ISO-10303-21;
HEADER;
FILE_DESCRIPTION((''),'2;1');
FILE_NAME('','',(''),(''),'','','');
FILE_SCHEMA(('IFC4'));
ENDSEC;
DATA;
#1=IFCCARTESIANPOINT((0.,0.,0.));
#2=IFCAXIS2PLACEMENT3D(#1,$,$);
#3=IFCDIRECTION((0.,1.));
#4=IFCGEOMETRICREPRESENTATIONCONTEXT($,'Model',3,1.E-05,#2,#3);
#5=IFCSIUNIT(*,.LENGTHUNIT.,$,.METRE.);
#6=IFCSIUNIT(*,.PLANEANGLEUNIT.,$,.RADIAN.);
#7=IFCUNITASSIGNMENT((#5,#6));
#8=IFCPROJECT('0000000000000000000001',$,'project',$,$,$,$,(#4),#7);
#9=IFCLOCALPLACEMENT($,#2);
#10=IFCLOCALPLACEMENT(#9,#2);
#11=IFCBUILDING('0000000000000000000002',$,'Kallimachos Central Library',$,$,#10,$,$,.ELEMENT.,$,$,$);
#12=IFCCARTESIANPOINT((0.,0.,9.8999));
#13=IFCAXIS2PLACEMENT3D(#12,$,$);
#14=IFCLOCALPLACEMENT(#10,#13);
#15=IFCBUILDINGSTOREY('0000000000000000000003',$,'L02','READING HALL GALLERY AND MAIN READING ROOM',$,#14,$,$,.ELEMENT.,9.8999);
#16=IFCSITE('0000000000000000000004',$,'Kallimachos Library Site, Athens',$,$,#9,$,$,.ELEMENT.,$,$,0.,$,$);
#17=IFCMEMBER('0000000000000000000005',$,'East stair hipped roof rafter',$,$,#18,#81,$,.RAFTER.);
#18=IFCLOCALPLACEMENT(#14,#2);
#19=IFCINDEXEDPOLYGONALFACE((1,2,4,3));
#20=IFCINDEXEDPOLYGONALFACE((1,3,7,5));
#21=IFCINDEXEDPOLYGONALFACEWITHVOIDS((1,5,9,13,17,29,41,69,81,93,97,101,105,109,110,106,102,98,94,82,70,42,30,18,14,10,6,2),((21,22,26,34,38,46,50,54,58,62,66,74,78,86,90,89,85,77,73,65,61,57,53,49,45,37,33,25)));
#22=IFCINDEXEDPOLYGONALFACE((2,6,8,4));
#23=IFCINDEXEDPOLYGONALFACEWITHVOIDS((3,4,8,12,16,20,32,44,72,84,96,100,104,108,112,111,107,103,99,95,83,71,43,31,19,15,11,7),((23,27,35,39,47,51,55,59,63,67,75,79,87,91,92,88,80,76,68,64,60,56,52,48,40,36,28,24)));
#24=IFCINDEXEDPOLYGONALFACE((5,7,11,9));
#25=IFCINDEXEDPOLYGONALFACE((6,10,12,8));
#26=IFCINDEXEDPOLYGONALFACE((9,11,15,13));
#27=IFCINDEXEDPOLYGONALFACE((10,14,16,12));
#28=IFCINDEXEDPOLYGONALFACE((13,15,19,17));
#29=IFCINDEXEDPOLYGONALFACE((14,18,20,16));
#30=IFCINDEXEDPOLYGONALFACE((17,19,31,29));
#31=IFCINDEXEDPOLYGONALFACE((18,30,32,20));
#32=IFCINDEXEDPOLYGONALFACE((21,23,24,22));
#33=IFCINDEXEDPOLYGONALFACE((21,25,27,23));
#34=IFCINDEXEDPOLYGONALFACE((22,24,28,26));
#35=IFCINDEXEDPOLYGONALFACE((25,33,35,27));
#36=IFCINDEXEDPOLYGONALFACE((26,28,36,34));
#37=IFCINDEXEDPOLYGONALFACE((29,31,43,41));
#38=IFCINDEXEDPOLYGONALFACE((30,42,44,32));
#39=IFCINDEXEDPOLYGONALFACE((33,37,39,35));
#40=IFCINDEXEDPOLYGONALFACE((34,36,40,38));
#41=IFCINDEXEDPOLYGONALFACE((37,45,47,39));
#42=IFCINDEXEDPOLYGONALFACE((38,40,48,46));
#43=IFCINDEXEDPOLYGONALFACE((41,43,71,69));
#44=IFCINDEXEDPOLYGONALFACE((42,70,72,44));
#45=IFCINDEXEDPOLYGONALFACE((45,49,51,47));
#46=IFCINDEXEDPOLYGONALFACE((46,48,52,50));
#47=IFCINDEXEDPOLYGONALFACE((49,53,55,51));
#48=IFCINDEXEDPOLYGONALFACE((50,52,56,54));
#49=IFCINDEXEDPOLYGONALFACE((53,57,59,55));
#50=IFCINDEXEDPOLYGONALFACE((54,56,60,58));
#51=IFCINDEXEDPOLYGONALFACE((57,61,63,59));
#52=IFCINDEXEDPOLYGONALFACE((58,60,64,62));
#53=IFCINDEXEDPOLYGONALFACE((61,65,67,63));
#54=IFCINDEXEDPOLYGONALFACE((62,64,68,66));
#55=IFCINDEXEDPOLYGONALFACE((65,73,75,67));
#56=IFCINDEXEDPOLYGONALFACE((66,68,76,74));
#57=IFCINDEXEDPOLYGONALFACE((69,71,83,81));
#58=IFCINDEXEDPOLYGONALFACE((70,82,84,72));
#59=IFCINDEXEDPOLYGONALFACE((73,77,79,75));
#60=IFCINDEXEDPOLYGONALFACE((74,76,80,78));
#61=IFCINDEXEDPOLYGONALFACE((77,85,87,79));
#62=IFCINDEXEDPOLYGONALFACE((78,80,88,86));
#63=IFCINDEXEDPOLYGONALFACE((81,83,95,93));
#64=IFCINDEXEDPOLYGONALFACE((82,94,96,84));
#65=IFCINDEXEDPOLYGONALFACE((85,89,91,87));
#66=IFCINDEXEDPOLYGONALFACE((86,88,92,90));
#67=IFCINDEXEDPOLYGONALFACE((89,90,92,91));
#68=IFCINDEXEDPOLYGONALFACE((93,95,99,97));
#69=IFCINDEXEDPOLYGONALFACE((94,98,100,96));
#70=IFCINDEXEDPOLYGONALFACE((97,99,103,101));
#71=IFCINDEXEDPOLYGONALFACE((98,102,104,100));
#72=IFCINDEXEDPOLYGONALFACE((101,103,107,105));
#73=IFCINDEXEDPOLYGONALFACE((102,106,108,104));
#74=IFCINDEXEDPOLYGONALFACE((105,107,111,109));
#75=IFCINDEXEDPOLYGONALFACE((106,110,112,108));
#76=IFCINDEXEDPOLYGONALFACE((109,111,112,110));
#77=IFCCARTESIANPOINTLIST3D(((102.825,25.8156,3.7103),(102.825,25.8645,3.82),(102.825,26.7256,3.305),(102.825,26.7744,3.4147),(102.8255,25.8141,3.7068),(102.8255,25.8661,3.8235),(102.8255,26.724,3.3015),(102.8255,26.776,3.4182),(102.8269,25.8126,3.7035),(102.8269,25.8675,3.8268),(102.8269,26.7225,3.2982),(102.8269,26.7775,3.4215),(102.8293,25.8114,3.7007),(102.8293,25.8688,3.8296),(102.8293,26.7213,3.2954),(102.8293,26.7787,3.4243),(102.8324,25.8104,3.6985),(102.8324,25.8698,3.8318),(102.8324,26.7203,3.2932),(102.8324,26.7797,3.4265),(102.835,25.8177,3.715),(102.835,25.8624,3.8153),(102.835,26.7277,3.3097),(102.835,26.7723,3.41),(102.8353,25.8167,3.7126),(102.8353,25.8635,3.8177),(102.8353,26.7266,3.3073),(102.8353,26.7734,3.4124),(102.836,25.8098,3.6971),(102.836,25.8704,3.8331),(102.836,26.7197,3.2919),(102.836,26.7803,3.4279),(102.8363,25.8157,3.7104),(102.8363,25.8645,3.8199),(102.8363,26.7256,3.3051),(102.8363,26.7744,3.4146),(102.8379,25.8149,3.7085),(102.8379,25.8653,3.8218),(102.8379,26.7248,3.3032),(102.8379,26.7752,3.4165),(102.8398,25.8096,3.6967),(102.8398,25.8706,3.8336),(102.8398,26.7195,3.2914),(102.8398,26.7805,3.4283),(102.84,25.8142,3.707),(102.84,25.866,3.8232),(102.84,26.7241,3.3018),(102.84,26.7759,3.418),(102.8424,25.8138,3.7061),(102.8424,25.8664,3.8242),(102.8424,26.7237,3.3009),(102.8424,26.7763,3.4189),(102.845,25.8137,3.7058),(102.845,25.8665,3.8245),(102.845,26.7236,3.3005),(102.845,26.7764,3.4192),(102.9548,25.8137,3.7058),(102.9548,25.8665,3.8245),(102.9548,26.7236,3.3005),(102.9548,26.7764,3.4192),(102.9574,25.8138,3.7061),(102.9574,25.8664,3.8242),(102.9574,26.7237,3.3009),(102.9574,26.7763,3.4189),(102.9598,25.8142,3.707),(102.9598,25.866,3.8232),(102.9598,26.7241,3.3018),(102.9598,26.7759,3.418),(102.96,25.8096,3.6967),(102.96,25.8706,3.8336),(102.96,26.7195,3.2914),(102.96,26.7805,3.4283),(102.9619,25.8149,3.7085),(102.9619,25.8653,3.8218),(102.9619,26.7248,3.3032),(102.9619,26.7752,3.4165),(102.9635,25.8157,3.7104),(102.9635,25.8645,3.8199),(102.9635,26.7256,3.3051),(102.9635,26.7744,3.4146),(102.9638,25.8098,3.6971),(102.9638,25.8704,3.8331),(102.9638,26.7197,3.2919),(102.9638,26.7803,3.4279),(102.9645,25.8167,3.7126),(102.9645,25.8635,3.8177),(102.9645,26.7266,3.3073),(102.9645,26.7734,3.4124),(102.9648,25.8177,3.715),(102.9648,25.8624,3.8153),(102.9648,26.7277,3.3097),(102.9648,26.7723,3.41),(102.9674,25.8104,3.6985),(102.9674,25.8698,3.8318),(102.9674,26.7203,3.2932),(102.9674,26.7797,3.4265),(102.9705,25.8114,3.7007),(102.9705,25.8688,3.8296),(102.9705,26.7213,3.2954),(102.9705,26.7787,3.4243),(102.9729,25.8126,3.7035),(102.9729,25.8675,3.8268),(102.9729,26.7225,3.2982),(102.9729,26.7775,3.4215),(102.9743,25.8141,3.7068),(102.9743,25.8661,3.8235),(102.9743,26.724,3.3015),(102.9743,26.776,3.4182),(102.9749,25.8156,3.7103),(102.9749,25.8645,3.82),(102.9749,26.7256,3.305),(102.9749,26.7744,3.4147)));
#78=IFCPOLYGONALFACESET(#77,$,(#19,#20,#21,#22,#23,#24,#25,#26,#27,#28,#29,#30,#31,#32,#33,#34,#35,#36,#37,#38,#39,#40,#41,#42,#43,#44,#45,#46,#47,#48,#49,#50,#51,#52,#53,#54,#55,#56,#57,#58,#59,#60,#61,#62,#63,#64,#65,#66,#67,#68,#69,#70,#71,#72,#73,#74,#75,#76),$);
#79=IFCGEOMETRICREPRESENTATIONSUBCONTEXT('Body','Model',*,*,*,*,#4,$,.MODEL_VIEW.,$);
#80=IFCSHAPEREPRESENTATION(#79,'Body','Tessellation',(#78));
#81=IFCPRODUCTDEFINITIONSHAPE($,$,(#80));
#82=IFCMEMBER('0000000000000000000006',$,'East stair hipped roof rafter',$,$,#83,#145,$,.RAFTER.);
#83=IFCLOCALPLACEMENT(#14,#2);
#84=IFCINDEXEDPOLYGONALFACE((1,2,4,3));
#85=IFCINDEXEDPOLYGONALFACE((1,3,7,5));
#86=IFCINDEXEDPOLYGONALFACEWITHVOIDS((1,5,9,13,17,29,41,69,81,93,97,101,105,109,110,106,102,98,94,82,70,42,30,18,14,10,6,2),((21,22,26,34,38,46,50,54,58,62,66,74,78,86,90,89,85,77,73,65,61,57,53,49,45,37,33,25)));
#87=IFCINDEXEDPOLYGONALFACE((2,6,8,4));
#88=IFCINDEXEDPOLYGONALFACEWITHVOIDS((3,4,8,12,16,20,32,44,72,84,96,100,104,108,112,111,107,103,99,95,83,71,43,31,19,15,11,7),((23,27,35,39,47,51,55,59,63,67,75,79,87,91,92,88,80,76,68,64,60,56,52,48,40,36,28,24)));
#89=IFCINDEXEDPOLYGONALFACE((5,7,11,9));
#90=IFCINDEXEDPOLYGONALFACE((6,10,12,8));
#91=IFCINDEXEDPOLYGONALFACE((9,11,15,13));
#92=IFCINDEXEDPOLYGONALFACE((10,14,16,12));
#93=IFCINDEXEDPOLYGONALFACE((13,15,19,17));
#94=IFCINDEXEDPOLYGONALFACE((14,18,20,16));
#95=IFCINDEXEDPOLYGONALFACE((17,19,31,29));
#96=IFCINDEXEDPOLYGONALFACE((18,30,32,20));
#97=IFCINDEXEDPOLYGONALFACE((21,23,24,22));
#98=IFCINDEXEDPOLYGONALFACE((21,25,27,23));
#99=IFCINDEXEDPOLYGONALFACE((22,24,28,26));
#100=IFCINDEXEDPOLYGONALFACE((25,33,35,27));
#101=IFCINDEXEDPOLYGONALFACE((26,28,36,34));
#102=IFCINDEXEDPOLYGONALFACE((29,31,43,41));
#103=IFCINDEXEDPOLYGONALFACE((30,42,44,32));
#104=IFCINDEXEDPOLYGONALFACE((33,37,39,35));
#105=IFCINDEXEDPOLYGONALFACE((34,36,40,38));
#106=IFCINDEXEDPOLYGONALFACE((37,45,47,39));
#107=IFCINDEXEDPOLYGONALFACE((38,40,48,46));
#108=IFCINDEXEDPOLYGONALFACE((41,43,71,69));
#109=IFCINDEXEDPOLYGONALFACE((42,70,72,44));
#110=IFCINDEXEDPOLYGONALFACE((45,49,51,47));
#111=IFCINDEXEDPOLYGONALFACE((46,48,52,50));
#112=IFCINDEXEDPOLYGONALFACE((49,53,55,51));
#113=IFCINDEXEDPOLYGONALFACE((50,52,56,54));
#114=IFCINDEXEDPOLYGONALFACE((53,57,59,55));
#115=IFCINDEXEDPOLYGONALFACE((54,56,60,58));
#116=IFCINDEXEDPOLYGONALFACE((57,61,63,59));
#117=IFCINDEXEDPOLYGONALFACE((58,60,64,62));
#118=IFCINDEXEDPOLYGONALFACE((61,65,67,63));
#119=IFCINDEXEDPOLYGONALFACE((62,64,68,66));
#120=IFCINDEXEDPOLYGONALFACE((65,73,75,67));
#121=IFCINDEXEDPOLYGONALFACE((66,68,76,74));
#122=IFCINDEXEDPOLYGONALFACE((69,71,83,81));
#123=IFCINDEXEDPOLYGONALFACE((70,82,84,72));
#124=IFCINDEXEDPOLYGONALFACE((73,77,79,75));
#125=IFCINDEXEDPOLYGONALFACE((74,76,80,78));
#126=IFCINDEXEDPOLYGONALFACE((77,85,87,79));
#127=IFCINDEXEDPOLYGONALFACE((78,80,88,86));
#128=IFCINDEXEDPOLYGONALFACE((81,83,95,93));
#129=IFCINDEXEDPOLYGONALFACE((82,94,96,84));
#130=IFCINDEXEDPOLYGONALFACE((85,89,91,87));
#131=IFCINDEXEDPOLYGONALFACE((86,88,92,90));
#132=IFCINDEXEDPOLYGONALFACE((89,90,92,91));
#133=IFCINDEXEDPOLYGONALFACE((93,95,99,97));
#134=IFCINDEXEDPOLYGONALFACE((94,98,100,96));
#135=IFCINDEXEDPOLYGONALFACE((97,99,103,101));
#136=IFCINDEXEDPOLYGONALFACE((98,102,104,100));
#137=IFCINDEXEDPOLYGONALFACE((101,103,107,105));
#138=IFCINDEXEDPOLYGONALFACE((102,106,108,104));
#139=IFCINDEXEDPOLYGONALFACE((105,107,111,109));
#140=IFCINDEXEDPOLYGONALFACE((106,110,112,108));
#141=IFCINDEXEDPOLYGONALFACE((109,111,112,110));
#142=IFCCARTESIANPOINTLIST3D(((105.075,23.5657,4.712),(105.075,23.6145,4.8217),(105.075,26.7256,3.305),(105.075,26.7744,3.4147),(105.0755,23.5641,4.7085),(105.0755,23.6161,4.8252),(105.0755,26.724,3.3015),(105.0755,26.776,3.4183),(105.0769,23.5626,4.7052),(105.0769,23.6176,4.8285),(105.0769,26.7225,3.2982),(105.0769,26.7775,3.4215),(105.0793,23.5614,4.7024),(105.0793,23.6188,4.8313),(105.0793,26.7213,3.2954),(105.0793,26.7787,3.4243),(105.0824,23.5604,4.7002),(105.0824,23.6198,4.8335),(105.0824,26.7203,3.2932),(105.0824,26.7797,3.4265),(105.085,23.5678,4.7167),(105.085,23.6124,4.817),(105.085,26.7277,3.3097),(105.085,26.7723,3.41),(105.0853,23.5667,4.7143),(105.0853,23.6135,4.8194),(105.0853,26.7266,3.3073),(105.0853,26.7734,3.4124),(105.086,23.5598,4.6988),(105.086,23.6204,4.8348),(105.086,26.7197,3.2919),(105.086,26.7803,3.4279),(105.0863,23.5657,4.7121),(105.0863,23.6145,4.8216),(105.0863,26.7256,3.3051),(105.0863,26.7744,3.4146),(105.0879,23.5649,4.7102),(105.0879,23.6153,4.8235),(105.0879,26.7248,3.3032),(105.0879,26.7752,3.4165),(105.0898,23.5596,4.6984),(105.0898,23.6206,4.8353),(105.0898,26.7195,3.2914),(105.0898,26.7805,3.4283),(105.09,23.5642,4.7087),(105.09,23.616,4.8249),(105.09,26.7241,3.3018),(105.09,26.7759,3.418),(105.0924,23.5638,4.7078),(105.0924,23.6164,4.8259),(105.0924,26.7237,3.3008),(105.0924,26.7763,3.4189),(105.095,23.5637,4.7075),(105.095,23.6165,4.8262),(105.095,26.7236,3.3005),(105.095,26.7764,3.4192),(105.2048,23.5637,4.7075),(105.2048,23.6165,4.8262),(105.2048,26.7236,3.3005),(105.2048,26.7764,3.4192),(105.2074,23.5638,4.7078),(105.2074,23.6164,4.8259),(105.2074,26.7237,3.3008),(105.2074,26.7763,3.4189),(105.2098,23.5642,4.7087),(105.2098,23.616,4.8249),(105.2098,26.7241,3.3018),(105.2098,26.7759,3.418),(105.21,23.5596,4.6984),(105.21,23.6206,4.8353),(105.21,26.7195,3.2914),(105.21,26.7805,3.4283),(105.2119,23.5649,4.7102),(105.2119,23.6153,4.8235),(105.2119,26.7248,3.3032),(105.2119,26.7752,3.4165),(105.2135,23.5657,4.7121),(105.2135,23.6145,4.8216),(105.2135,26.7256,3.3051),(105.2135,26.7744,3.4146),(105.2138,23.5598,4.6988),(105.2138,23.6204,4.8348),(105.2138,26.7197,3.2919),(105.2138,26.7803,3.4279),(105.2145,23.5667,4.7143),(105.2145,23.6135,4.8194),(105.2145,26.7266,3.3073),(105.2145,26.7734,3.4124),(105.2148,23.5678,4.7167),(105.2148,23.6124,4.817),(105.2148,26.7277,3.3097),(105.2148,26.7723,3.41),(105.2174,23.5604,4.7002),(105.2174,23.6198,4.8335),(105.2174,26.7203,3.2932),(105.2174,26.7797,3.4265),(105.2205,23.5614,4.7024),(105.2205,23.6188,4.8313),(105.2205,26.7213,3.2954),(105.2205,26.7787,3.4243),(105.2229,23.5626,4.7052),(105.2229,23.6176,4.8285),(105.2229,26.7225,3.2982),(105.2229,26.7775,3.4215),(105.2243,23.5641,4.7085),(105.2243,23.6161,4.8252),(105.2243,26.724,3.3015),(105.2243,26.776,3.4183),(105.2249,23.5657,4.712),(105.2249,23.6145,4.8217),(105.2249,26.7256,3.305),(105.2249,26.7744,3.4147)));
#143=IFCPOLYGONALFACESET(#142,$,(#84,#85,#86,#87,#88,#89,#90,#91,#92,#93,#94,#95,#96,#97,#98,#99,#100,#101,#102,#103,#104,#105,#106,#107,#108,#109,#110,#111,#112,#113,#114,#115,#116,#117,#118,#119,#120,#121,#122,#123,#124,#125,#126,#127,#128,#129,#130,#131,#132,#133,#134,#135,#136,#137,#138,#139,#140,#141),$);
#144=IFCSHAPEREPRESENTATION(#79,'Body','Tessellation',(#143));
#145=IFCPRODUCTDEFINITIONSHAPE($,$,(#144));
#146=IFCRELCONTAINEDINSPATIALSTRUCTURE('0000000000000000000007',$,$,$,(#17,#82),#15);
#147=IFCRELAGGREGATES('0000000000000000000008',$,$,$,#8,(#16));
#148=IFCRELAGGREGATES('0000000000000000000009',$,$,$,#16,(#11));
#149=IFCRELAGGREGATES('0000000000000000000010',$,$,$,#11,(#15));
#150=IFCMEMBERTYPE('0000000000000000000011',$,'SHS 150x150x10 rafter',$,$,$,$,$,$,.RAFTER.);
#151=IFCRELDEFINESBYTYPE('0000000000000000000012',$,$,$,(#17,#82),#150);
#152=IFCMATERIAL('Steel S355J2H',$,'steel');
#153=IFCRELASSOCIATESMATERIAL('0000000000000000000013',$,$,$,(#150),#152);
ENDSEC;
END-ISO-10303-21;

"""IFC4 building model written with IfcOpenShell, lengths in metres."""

from ifc_helpers import new_model, si_unit, direction, frame, origin, origin_2d, place, context, subcontext, project, spatial, hollow_rectangle, extrude, material, material_profile, profile_set, type_object, element, save


model = new_model("IFC4")

# Units and contexts
model_context = context("Model", 3, precision=1e-05, world=origin(), true_north=direction((0.0, 1.0)))
body_context = subcontext(model_context, "Body", "Model", "MODEL_VIEW")
ifc_project = project(units=[si_unit("LENGTHUNIT", "METRE"), si_unit("PLANEANGLEUNIT", "RADIAN")], contexts=[model_context])

# Site, building, storey
site_placement = place(None, origin())
site = spatial("IfcSite", under=ifc_project, at=site_placement, Name="Kallimachos Library Site, Athens", CompositionType="ELEMENT", RefElevation=0.0)
building_placement = place(site_placement, origin())
building = spatial("IfcBuilding", under=site, at=building_placement, Name="Kallimachos Central Library", CompositionType="ELEMENT")
storey_placement = place(building_placement, frame((0.0, 0.0, 9.8999)))
storey = spatial("IfcBuildingStorey", under=building, at=storey_placement, Name="L02", Description="READING HALL GALLERY AND MAIN READING ROOM", CompositionType="ELEMENT", Elevation=9.8999)

# Members
ifc_material_1 = material(Name="Steel S355J2H", Category="steel")
ifc_material_profile_1 = material_profile(ifc_material_1, hollow_rectangle(XDim=0.1499, YDim=0.1499, WallThickness=0.01, InnerFilletRadius=0.01, OuterFilletRadius=0.0149, at=origin_2d()), Name="SHS 150x150x10")
ifc_profile_set_1 = profile_set([ifc_material_profile_1], Name="Steel S355J2H")
member_type_1 = type_object("IfcMemberType", Name="SHS 150x150x10 rafter", PredefinedType="RAFTER", material=ifc_profile_set_1)
member_1_placement = place(storey_placement, frame((102.8999, 26.75, 3.3599), z_axis=(0.0, -0.913488, 0.406866), x_axis=(1.0, 0.0, 0.0)))
element("IfcMember", 1, at=member_1_placement, inside=storey, type_object=member_type_1, Name="East stair hipped roof rafter", PredefinedType="RAFTER", context=body_context, shape_type="SweptSolid", body=[
    extrude(hollow_rectangle(XDim=0.1499, YDim=0.1499, WallThickness=0.01, InnerFilletRadius=0.01, OuterFilletRadius=0.0149, at=origin_2d()), origin(), (0.0, 0.0, 1.0), 0.9961),
])
member_2_placement = place(storey_placement, frame((105.1499, 26.75, 3.3599), z_axis=(0.0, -0.913535, 0.406761), x_axis=(1.0, 0.0, 0.0)))
element("IfcMember", 2, at=member_2_placement, inside=storey, type_object=member_type_1, Name="East stair hipped roof rafter", PredefinedType="RAFTER", context=body_context, shape_type="SweptSolid", body=[
    extrude(hollow_rectangle(XDim=0.1499, YDim=0.1499, WallThickness=0.01, InnerFilletRadius=0.01, OuterFilletRadius=0.0149, at=origin_2d()), origin(), (0.0, 0.0, 1.0), 3.459),
])

save(model, "model.ifc")
